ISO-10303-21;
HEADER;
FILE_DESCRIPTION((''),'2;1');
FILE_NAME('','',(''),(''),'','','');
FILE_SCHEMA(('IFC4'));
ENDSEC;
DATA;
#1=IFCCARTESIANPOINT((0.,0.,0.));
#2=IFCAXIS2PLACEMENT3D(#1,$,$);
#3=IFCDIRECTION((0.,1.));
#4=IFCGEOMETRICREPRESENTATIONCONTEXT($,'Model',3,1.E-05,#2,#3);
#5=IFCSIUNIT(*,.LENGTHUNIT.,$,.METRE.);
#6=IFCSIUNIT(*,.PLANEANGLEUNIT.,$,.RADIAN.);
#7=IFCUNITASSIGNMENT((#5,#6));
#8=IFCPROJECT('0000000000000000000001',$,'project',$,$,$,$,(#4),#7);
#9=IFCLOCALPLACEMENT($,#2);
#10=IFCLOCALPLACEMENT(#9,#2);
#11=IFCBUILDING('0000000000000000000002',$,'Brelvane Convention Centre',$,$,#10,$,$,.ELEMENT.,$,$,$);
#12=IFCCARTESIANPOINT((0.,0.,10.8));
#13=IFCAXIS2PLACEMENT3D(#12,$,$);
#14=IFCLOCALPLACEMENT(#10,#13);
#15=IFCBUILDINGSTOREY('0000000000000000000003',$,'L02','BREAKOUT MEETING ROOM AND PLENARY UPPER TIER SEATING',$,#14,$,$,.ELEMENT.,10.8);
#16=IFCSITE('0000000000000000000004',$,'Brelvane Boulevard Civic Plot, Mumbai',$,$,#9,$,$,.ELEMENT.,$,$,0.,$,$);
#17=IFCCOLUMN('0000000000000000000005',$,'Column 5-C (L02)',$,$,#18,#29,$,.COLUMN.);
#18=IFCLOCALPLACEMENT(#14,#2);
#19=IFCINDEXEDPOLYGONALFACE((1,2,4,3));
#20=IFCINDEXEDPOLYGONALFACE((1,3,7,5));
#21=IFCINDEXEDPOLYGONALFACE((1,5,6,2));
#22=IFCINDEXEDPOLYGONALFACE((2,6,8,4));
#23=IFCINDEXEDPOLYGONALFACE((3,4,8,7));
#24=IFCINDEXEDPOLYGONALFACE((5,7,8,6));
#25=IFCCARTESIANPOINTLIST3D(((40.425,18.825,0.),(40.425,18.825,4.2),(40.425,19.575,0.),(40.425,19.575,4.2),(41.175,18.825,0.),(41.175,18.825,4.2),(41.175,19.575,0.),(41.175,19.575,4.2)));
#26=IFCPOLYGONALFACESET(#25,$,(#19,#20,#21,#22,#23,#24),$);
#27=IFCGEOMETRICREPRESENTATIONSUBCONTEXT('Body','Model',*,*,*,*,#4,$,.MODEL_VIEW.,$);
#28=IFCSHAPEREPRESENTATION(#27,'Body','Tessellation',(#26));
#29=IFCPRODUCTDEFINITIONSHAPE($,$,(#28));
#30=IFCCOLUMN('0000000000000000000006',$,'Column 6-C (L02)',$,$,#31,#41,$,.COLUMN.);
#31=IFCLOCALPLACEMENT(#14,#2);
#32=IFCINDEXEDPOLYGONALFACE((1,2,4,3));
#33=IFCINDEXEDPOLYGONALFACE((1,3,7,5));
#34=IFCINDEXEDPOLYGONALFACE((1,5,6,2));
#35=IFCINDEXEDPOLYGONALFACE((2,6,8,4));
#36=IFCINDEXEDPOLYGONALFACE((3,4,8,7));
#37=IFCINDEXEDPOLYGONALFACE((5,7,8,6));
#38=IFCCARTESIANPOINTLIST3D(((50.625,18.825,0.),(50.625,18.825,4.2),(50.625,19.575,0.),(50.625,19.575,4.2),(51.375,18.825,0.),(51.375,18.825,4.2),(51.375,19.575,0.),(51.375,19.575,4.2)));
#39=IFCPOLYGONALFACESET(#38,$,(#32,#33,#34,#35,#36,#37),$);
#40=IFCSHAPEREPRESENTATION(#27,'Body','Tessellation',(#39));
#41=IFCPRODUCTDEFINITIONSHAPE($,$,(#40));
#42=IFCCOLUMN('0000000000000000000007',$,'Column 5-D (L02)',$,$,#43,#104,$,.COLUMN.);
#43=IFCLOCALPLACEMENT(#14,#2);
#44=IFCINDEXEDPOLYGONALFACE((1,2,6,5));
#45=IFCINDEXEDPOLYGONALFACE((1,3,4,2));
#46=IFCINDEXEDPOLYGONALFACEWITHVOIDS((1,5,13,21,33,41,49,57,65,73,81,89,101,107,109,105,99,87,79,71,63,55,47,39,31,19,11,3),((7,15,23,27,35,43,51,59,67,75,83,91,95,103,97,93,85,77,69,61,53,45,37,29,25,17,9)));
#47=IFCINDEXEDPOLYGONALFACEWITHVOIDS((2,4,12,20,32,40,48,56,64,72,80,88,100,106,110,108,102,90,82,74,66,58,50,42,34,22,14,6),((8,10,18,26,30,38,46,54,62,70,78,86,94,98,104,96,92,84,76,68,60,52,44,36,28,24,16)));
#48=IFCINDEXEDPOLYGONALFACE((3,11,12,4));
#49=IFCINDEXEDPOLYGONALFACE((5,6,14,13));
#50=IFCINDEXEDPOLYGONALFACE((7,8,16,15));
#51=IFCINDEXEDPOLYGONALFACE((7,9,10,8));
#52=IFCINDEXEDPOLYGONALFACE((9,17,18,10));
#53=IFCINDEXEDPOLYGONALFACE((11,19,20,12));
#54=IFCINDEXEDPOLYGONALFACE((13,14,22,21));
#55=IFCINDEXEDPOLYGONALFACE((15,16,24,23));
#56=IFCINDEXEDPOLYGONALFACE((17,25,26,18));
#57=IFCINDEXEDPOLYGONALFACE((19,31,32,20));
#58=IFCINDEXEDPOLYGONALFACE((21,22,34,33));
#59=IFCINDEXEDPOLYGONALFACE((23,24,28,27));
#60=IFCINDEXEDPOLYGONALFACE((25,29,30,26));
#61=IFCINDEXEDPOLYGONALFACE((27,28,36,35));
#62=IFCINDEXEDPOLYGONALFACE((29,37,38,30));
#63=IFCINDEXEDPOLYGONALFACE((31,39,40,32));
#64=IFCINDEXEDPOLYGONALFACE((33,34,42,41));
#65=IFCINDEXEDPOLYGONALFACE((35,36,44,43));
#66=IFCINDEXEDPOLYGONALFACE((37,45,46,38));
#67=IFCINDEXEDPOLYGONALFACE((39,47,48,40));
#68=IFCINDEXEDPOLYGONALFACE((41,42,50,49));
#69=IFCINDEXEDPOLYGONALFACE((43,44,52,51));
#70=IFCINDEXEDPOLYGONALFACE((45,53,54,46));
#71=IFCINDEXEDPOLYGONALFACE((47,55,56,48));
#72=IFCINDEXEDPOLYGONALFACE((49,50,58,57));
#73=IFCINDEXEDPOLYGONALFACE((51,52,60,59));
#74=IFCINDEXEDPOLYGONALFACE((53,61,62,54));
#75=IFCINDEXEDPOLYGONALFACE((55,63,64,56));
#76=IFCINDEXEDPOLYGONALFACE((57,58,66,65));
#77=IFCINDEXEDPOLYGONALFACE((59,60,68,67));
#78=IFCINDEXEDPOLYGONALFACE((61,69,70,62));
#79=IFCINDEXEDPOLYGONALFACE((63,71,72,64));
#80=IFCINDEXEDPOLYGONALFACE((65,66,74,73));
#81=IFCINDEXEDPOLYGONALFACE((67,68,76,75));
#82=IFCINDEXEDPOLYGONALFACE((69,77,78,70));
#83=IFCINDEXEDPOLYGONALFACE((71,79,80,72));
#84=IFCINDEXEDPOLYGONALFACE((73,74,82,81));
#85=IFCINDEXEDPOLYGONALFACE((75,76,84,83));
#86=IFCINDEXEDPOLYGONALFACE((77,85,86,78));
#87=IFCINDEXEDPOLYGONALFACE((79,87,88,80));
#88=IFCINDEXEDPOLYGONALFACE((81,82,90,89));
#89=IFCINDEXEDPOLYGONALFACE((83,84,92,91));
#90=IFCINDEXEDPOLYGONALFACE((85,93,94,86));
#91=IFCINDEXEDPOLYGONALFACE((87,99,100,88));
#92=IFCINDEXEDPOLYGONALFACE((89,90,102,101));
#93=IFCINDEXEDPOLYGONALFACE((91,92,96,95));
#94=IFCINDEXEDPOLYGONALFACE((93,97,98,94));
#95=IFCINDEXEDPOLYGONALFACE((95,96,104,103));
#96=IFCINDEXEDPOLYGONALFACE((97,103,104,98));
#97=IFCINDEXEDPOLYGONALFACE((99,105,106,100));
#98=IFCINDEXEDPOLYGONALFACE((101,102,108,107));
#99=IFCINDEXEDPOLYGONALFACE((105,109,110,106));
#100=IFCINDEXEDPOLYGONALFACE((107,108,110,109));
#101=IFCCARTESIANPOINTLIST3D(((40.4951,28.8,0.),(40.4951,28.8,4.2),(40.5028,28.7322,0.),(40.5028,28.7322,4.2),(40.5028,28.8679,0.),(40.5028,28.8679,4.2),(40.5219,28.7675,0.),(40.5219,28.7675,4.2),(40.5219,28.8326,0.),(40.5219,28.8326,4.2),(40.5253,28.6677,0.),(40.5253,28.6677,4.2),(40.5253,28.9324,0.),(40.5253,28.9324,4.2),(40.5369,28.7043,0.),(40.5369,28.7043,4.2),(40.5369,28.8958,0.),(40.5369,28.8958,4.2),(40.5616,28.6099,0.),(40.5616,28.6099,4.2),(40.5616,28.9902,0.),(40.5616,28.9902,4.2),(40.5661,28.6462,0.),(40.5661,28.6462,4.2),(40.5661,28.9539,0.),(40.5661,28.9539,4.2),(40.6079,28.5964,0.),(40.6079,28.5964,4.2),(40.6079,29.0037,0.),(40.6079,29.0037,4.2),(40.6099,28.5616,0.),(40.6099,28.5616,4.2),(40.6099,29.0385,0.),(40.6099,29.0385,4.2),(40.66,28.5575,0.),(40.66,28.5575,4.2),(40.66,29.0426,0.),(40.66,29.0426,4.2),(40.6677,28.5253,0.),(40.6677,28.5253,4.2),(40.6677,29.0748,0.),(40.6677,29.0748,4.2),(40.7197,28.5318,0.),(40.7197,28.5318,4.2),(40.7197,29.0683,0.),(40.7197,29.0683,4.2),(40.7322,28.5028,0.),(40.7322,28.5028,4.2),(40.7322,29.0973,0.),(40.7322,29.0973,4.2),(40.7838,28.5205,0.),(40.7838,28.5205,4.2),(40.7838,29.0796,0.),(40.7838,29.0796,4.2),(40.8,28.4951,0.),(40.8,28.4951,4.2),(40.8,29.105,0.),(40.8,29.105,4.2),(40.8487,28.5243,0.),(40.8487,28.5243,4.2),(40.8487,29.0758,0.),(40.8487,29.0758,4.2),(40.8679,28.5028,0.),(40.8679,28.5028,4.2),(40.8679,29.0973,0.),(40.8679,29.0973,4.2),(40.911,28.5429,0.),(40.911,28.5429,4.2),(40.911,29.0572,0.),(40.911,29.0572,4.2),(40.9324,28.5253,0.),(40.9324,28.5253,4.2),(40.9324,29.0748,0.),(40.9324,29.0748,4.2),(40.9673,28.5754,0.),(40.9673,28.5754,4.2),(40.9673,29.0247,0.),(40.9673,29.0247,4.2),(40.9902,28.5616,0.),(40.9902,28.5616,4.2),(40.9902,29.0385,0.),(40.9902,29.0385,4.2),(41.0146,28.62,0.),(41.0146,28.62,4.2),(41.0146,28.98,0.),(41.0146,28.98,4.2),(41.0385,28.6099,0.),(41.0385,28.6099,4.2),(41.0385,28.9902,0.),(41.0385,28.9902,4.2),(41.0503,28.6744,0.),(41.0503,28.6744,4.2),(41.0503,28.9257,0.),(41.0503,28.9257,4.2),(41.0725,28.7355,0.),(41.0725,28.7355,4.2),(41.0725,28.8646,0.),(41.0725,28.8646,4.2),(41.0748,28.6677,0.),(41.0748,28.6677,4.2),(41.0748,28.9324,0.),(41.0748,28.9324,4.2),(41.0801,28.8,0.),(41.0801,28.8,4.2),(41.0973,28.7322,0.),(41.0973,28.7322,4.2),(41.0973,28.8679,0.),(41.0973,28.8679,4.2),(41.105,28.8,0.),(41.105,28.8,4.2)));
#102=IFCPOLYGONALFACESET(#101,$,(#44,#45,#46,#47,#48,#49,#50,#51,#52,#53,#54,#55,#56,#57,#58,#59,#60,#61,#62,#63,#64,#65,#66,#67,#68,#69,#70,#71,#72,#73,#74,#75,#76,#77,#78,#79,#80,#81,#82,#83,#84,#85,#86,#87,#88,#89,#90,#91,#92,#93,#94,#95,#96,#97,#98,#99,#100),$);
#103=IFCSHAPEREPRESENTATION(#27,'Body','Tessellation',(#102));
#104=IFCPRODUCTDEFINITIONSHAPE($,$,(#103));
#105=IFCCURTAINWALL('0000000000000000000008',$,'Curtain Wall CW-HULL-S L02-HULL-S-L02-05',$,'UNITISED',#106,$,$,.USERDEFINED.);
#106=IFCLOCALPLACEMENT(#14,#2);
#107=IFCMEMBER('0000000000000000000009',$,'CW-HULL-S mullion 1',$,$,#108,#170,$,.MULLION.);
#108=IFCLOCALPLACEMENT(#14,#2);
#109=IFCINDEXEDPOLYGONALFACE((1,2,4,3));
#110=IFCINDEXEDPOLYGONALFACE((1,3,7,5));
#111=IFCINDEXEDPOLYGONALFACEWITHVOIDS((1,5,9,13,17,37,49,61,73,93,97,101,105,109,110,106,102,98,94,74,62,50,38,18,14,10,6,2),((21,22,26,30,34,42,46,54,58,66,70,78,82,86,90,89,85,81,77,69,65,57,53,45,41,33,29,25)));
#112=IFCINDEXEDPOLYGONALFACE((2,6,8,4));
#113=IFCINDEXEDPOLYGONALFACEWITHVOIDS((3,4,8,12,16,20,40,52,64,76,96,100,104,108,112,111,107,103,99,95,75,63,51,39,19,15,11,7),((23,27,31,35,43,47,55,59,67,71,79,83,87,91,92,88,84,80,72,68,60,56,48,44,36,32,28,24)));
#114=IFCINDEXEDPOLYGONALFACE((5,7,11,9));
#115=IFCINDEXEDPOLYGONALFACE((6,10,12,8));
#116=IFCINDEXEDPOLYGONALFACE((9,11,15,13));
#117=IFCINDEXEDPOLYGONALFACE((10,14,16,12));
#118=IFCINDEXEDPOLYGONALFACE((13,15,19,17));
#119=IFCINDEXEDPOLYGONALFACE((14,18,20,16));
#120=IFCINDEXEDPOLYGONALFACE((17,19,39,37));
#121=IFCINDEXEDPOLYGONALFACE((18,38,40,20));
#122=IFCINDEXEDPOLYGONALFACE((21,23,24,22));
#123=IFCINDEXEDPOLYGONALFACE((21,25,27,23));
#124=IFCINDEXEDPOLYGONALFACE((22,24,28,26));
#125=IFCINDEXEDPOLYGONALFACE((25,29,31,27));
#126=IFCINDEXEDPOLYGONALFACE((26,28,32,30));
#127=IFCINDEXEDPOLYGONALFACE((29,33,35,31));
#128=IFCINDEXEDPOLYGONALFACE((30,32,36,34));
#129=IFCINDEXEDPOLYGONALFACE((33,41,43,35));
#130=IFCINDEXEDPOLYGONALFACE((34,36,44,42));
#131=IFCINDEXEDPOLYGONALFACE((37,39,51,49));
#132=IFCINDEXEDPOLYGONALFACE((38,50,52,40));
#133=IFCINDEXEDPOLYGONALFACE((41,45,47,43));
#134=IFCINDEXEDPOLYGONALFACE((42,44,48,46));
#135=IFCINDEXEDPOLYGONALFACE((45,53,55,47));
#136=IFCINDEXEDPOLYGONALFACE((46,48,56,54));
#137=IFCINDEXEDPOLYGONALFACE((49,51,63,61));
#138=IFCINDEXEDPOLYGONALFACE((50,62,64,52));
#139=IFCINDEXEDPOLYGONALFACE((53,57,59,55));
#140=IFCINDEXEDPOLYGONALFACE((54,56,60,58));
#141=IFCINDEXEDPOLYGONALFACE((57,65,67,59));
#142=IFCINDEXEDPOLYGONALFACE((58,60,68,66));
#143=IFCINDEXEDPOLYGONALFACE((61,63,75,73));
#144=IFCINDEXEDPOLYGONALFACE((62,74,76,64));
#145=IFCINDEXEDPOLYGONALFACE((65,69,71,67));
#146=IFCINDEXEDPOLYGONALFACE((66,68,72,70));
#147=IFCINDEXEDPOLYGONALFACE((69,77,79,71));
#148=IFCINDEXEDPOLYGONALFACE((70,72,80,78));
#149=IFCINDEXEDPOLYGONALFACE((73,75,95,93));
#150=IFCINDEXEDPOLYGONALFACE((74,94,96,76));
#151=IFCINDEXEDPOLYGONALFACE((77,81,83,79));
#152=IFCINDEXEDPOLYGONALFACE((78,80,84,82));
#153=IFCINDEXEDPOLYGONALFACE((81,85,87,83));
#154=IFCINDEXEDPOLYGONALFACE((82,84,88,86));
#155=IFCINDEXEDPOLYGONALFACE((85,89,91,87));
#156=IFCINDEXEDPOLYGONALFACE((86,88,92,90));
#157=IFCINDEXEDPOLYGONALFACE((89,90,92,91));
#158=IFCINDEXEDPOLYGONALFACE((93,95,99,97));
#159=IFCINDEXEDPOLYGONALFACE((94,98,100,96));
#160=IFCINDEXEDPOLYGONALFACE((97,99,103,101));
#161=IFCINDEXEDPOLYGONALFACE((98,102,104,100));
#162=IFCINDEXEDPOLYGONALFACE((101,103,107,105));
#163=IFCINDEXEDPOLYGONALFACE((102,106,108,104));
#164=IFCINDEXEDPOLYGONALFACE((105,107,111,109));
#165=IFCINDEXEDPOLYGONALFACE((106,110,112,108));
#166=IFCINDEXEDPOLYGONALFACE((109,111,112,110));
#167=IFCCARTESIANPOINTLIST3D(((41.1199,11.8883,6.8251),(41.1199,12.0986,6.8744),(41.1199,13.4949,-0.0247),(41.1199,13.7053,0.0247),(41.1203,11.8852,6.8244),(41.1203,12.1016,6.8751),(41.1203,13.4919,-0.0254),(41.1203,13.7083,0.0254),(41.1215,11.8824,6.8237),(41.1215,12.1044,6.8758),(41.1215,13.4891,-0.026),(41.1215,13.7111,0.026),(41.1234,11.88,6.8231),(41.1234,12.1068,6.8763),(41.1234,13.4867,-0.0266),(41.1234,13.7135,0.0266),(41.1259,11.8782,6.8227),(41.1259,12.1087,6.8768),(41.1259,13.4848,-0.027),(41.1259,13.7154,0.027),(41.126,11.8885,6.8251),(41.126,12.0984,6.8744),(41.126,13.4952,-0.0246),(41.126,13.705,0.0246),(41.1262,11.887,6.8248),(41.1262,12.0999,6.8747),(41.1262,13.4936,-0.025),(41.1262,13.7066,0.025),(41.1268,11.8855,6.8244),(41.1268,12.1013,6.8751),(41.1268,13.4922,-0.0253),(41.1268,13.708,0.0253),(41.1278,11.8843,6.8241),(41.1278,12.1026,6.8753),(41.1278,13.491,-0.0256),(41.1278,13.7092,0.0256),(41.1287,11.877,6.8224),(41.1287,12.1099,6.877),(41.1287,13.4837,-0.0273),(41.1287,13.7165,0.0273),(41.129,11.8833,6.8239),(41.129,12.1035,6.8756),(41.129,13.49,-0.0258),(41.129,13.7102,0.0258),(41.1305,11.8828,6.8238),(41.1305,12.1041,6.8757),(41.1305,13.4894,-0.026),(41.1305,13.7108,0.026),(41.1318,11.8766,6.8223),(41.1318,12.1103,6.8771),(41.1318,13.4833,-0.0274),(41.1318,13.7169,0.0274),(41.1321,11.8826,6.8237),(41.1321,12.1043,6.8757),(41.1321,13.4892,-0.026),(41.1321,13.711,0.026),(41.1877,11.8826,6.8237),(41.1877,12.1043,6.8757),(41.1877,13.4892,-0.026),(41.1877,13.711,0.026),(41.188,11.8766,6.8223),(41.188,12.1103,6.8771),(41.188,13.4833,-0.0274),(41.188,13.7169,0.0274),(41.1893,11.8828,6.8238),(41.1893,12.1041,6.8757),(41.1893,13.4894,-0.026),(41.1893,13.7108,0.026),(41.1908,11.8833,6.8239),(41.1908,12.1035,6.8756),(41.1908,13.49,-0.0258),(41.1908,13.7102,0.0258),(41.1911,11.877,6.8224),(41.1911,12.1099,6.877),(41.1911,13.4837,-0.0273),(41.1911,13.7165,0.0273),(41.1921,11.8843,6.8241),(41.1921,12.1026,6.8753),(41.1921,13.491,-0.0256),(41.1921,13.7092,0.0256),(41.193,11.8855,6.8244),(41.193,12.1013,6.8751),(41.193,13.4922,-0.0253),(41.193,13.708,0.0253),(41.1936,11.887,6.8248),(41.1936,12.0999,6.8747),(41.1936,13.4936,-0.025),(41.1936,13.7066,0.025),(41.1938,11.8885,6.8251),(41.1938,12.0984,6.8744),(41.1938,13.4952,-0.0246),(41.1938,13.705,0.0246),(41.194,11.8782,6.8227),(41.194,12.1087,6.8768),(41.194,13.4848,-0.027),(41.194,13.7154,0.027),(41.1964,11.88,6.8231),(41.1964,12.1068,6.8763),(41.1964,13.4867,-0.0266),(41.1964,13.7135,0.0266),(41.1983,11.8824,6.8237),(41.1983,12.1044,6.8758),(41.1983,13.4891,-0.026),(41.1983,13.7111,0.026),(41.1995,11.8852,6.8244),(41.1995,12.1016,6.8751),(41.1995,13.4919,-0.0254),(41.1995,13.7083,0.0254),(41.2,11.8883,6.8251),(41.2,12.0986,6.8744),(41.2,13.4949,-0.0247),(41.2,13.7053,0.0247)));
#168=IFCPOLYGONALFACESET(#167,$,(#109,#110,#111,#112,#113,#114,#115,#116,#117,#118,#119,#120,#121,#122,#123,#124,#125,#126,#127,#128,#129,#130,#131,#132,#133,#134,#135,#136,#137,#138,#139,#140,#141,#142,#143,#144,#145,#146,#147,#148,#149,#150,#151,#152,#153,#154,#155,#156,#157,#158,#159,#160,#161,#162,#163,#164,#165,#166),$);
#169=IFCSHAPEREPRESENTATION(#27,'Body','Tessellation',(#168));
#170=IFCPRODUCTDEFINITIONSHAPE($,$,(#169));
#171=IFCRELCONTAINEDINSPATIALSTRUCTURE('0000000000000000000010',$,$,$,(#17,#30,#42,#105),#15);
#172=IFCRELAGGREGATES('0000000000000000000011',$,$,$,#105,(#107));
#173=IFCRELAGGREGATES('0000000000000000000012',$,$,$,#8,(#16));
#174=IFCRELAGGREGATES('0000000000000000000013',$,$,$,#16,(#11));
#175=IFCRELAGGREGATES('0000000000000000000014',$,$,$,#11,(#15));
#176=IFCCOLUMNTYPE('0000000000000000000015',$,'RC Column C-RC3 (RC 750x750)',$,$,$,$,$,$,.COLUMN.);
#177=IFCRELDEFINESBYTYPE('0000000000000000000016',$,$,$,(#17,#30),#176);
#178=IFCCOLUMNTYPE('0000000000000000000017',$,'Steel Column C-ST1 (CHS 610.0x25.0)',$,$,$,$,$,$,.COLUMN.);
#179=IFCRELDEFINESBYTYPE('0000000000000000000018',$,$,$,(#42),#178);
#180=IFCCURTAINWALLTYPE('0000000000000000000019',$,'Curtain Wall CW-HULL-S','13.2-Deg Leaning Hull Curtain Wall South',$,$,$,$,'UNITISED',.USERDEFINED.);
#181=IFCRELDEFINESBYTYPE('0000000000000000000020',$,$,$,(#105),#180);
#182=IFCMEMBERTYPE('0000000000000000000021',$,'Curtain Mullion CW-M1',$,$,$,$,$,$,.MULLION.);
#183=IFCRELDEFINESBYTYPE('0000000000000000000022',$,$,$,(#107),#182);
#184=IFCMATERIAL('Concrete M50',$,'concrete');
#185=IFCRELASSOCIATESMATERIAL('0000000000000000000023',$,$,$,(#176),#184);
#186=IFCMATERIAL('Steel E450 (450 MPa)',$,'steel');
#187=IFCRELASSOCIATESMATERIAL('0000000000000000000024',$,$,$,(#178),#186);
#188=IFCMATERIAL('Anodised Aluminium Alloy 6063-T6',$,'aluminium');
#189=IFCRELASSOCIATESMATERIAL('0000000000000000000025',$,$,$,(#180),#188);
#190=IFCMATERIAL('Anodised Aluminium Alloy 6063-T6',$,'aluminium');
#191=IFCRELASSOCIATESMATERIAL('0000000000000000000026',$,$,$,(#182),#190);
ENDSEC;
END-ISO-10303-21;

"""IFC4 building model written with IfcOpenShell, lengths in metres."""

from ifc_helpers import new_model, si_unit, direction, frame, origin, origin_2d, place, context, subcontext, project, spatial, rectangle, hollow_rectangle, hollow_circle, extrude, material, material_profile, profile_set, type_object, element, aggregate, save


model = new_model("IFC4")

# Units and contexts
model_context = context("Model", 3, precision=1e-05, world=origin(), true_north=direction((0.0, 1.0)))
body_context = subcontext(model_context, "Body", "Model", "MODEL_VIEW")
ifc_project = project(units=[si_unit("LENGTHUNIT", "METRE"), si_unit("PLANEANGLEUNIT", "RADIAN")], contexts=[model_context])

# Site, building, storey
site_placement = place(None, origin())
site = spatial("IfcSite", under=ifc_project, at=site_placement, Name="Brelvane Boulevard Civic Plot, Mumbai", CompositionType="ELEMENT", RefElevation=0.0)
building_placement = place(site_placement, origin())
building = spatial("IfcBuilding", under=site, at=building_placement, Name="Brelvane Convention Centre", CompositionType="ELEMENT")
storey_placement = place(building_placement, frame((0.0, 0.0, 10.8)))
storey = spatial("IfcBuildingStorey", under=building, at=storey_placement, Name="L02", Description="BREAKOUT MEETING ROOM AND PLENARY UPPER TIER SEATING", CompositionType="ELEMENT", Elevation=10.8)

# Columns
ifc_material_1 = material(Name="Concrete M50", Category="concrete")
ifc_material_profile_1 = material_profile(ifc_material_1, rectangle(XDim=0.75, YDim=0.75, at=origin_2d()), Name="RC 750x750")
ifc_profile_set_1 = profile_set([ifc_material_profile_1], Name="Concrete M50")
column_type_1 = type_object("IfcColumnType", Name="RC Column C-RC3 (RC 750x750)", PredefinedType="COLUMN", material=ifc_profile_set_1)
for number, where, z_axis, x_axis, name in (
    (1, (40.8, 19.2, 0.0), (0.0, 0.0, 1.0), (1.0, 0.0, 0.0), "Column 5-C (L02)"),
    (2, (51.0, 19.2, 0.0), (0.0, 0.0, 1.0), (1.0, 0.0, 0.0), "Column 6-C (L02)"),
):
    element("IfcColumn", number, at=place(storey_placement, frame(where, z_axis=z_axis, x_axis=x_axis)), inside=storey, type_object=column_type_1, Name=name, PredefinedType="COLUMN", context=body_context, shape_type="SweptSolid", body=[
        extrude(rectangle(XDim=0.75, YDim=0.75, at=origin_2d()), origin(), (0.0, 0.0, 1.0), 4.2),
    ])
ifc_material_2 = material(Name="Steel E450 (450 MPa)", Category="steel")
ifc_material_profile_2 = material_profile(ifc_material_2, hollow_circle(Radius=0.3049, WallThickness=0.0249, at=origin_2d()), Name="CHS 610.0x25.0")
ifc_profile_set_2 = profile_set([ifc_material_profile_2], Name="Steel E450 (450 MPa)")
column_type_2 = type_object("IfcColumnType", Name="Steel Column C-ST1 (CHS 610.0x25.0)", PredefinedType="COLUMN", material=ifc_profile_set_2)
column_placement = place(storey_placement, frame((40.8, 28.8, 0.0), z_axis=(0.0, 0.0, 1.0), x_axis=(1.0, 0.0, 0.0)))
element("IfcColumn", 3, at=column_placement, inside=storey, type_object=column_type_2, Name="Column 5-D (L02)", PredefinedType="COLUMN", context=body_context, shape_type="SweptSolid", body=[
    extrude(hollow_circle(Radius=0.3049, WallThickness=0.0249, at=origin_2d()), origin(), (0.0, 0.0, 1.0), 4.2),
])

# Curtain wall, member
ifc_material_3 = material(Name="Anodised Aluminium Alloy 6063-T6", Category="aluminium")
curtain_wall_type = type_object("IfcCurtainWallType", Name="Curtain Wall CW-HULL-S", Description="13.2-Deg Leaning Hull Curtain Wall South", ElementType="UNITISED", PredefinedType="USERDEFINED", material=ifc_material_3)
curtain_wall_placement = place(storey_placement, origin())
curtain_wall = element("IfcCurtainWall", 4, at=curtain_wall_placement, inside=storey, type_object=curtain_wall_type, Name="Curtain Wall CW-HULL-S L02-HULL-S-L02-05", ObjectType="UNITISED", PredefinedType="USERDEFINED")
ifc_material_4 = material(Name="Anodised Aluminium Alloy 6063-T6", Category="aluminium")
ifc_material_profile_3 = material_profile(ifc_material_4, hollow_rectangle(XDim=0.0801, YDim=0.24, WallThickness=0.0061, InnerFilletRadius=0.0061, OuterFilletRadius=0.012, at=origin_2d()), Name="ALU-M 240x80x6.0")
ifc_profile_set_3 = profile_set([ifc_material_profile_3], Name="Anodised Aluminium Alloy 6063-T6")
member_type_1 = type_object("IfcMemberType", Name="Curtain Mullion CW-M1", PredefinedType="MULLION", material=ifc_profile_set_3)
member_1_placement = place(storey_placement, frame((41.1599, 13.6001, 0.0), z_axis=(0.0, -0.22836, 0.973577), x_axis=(1.0, 0.0, 0.0)))
member_1 = element("IfcMember", 5, at=member_1_placement, type_object=member_type_1, Name="CW-HULL-S mullion 1", PredefinedType="MULLION", context=body_context, shape_type="SweptSolid", body=[
    extrude(hollow_rectangle(XDim=0.0801, YDim=0.24, WallThickness=0.0061, InnerFilletRadius=0.0061, OuterFilletRadius=0.012, at=origin_2d()), origin(), (0.0, 0.0, 1.0), 7.0356),
])

aggregate(curtain_wall, [member_1])

save(model, "model.ifc")
